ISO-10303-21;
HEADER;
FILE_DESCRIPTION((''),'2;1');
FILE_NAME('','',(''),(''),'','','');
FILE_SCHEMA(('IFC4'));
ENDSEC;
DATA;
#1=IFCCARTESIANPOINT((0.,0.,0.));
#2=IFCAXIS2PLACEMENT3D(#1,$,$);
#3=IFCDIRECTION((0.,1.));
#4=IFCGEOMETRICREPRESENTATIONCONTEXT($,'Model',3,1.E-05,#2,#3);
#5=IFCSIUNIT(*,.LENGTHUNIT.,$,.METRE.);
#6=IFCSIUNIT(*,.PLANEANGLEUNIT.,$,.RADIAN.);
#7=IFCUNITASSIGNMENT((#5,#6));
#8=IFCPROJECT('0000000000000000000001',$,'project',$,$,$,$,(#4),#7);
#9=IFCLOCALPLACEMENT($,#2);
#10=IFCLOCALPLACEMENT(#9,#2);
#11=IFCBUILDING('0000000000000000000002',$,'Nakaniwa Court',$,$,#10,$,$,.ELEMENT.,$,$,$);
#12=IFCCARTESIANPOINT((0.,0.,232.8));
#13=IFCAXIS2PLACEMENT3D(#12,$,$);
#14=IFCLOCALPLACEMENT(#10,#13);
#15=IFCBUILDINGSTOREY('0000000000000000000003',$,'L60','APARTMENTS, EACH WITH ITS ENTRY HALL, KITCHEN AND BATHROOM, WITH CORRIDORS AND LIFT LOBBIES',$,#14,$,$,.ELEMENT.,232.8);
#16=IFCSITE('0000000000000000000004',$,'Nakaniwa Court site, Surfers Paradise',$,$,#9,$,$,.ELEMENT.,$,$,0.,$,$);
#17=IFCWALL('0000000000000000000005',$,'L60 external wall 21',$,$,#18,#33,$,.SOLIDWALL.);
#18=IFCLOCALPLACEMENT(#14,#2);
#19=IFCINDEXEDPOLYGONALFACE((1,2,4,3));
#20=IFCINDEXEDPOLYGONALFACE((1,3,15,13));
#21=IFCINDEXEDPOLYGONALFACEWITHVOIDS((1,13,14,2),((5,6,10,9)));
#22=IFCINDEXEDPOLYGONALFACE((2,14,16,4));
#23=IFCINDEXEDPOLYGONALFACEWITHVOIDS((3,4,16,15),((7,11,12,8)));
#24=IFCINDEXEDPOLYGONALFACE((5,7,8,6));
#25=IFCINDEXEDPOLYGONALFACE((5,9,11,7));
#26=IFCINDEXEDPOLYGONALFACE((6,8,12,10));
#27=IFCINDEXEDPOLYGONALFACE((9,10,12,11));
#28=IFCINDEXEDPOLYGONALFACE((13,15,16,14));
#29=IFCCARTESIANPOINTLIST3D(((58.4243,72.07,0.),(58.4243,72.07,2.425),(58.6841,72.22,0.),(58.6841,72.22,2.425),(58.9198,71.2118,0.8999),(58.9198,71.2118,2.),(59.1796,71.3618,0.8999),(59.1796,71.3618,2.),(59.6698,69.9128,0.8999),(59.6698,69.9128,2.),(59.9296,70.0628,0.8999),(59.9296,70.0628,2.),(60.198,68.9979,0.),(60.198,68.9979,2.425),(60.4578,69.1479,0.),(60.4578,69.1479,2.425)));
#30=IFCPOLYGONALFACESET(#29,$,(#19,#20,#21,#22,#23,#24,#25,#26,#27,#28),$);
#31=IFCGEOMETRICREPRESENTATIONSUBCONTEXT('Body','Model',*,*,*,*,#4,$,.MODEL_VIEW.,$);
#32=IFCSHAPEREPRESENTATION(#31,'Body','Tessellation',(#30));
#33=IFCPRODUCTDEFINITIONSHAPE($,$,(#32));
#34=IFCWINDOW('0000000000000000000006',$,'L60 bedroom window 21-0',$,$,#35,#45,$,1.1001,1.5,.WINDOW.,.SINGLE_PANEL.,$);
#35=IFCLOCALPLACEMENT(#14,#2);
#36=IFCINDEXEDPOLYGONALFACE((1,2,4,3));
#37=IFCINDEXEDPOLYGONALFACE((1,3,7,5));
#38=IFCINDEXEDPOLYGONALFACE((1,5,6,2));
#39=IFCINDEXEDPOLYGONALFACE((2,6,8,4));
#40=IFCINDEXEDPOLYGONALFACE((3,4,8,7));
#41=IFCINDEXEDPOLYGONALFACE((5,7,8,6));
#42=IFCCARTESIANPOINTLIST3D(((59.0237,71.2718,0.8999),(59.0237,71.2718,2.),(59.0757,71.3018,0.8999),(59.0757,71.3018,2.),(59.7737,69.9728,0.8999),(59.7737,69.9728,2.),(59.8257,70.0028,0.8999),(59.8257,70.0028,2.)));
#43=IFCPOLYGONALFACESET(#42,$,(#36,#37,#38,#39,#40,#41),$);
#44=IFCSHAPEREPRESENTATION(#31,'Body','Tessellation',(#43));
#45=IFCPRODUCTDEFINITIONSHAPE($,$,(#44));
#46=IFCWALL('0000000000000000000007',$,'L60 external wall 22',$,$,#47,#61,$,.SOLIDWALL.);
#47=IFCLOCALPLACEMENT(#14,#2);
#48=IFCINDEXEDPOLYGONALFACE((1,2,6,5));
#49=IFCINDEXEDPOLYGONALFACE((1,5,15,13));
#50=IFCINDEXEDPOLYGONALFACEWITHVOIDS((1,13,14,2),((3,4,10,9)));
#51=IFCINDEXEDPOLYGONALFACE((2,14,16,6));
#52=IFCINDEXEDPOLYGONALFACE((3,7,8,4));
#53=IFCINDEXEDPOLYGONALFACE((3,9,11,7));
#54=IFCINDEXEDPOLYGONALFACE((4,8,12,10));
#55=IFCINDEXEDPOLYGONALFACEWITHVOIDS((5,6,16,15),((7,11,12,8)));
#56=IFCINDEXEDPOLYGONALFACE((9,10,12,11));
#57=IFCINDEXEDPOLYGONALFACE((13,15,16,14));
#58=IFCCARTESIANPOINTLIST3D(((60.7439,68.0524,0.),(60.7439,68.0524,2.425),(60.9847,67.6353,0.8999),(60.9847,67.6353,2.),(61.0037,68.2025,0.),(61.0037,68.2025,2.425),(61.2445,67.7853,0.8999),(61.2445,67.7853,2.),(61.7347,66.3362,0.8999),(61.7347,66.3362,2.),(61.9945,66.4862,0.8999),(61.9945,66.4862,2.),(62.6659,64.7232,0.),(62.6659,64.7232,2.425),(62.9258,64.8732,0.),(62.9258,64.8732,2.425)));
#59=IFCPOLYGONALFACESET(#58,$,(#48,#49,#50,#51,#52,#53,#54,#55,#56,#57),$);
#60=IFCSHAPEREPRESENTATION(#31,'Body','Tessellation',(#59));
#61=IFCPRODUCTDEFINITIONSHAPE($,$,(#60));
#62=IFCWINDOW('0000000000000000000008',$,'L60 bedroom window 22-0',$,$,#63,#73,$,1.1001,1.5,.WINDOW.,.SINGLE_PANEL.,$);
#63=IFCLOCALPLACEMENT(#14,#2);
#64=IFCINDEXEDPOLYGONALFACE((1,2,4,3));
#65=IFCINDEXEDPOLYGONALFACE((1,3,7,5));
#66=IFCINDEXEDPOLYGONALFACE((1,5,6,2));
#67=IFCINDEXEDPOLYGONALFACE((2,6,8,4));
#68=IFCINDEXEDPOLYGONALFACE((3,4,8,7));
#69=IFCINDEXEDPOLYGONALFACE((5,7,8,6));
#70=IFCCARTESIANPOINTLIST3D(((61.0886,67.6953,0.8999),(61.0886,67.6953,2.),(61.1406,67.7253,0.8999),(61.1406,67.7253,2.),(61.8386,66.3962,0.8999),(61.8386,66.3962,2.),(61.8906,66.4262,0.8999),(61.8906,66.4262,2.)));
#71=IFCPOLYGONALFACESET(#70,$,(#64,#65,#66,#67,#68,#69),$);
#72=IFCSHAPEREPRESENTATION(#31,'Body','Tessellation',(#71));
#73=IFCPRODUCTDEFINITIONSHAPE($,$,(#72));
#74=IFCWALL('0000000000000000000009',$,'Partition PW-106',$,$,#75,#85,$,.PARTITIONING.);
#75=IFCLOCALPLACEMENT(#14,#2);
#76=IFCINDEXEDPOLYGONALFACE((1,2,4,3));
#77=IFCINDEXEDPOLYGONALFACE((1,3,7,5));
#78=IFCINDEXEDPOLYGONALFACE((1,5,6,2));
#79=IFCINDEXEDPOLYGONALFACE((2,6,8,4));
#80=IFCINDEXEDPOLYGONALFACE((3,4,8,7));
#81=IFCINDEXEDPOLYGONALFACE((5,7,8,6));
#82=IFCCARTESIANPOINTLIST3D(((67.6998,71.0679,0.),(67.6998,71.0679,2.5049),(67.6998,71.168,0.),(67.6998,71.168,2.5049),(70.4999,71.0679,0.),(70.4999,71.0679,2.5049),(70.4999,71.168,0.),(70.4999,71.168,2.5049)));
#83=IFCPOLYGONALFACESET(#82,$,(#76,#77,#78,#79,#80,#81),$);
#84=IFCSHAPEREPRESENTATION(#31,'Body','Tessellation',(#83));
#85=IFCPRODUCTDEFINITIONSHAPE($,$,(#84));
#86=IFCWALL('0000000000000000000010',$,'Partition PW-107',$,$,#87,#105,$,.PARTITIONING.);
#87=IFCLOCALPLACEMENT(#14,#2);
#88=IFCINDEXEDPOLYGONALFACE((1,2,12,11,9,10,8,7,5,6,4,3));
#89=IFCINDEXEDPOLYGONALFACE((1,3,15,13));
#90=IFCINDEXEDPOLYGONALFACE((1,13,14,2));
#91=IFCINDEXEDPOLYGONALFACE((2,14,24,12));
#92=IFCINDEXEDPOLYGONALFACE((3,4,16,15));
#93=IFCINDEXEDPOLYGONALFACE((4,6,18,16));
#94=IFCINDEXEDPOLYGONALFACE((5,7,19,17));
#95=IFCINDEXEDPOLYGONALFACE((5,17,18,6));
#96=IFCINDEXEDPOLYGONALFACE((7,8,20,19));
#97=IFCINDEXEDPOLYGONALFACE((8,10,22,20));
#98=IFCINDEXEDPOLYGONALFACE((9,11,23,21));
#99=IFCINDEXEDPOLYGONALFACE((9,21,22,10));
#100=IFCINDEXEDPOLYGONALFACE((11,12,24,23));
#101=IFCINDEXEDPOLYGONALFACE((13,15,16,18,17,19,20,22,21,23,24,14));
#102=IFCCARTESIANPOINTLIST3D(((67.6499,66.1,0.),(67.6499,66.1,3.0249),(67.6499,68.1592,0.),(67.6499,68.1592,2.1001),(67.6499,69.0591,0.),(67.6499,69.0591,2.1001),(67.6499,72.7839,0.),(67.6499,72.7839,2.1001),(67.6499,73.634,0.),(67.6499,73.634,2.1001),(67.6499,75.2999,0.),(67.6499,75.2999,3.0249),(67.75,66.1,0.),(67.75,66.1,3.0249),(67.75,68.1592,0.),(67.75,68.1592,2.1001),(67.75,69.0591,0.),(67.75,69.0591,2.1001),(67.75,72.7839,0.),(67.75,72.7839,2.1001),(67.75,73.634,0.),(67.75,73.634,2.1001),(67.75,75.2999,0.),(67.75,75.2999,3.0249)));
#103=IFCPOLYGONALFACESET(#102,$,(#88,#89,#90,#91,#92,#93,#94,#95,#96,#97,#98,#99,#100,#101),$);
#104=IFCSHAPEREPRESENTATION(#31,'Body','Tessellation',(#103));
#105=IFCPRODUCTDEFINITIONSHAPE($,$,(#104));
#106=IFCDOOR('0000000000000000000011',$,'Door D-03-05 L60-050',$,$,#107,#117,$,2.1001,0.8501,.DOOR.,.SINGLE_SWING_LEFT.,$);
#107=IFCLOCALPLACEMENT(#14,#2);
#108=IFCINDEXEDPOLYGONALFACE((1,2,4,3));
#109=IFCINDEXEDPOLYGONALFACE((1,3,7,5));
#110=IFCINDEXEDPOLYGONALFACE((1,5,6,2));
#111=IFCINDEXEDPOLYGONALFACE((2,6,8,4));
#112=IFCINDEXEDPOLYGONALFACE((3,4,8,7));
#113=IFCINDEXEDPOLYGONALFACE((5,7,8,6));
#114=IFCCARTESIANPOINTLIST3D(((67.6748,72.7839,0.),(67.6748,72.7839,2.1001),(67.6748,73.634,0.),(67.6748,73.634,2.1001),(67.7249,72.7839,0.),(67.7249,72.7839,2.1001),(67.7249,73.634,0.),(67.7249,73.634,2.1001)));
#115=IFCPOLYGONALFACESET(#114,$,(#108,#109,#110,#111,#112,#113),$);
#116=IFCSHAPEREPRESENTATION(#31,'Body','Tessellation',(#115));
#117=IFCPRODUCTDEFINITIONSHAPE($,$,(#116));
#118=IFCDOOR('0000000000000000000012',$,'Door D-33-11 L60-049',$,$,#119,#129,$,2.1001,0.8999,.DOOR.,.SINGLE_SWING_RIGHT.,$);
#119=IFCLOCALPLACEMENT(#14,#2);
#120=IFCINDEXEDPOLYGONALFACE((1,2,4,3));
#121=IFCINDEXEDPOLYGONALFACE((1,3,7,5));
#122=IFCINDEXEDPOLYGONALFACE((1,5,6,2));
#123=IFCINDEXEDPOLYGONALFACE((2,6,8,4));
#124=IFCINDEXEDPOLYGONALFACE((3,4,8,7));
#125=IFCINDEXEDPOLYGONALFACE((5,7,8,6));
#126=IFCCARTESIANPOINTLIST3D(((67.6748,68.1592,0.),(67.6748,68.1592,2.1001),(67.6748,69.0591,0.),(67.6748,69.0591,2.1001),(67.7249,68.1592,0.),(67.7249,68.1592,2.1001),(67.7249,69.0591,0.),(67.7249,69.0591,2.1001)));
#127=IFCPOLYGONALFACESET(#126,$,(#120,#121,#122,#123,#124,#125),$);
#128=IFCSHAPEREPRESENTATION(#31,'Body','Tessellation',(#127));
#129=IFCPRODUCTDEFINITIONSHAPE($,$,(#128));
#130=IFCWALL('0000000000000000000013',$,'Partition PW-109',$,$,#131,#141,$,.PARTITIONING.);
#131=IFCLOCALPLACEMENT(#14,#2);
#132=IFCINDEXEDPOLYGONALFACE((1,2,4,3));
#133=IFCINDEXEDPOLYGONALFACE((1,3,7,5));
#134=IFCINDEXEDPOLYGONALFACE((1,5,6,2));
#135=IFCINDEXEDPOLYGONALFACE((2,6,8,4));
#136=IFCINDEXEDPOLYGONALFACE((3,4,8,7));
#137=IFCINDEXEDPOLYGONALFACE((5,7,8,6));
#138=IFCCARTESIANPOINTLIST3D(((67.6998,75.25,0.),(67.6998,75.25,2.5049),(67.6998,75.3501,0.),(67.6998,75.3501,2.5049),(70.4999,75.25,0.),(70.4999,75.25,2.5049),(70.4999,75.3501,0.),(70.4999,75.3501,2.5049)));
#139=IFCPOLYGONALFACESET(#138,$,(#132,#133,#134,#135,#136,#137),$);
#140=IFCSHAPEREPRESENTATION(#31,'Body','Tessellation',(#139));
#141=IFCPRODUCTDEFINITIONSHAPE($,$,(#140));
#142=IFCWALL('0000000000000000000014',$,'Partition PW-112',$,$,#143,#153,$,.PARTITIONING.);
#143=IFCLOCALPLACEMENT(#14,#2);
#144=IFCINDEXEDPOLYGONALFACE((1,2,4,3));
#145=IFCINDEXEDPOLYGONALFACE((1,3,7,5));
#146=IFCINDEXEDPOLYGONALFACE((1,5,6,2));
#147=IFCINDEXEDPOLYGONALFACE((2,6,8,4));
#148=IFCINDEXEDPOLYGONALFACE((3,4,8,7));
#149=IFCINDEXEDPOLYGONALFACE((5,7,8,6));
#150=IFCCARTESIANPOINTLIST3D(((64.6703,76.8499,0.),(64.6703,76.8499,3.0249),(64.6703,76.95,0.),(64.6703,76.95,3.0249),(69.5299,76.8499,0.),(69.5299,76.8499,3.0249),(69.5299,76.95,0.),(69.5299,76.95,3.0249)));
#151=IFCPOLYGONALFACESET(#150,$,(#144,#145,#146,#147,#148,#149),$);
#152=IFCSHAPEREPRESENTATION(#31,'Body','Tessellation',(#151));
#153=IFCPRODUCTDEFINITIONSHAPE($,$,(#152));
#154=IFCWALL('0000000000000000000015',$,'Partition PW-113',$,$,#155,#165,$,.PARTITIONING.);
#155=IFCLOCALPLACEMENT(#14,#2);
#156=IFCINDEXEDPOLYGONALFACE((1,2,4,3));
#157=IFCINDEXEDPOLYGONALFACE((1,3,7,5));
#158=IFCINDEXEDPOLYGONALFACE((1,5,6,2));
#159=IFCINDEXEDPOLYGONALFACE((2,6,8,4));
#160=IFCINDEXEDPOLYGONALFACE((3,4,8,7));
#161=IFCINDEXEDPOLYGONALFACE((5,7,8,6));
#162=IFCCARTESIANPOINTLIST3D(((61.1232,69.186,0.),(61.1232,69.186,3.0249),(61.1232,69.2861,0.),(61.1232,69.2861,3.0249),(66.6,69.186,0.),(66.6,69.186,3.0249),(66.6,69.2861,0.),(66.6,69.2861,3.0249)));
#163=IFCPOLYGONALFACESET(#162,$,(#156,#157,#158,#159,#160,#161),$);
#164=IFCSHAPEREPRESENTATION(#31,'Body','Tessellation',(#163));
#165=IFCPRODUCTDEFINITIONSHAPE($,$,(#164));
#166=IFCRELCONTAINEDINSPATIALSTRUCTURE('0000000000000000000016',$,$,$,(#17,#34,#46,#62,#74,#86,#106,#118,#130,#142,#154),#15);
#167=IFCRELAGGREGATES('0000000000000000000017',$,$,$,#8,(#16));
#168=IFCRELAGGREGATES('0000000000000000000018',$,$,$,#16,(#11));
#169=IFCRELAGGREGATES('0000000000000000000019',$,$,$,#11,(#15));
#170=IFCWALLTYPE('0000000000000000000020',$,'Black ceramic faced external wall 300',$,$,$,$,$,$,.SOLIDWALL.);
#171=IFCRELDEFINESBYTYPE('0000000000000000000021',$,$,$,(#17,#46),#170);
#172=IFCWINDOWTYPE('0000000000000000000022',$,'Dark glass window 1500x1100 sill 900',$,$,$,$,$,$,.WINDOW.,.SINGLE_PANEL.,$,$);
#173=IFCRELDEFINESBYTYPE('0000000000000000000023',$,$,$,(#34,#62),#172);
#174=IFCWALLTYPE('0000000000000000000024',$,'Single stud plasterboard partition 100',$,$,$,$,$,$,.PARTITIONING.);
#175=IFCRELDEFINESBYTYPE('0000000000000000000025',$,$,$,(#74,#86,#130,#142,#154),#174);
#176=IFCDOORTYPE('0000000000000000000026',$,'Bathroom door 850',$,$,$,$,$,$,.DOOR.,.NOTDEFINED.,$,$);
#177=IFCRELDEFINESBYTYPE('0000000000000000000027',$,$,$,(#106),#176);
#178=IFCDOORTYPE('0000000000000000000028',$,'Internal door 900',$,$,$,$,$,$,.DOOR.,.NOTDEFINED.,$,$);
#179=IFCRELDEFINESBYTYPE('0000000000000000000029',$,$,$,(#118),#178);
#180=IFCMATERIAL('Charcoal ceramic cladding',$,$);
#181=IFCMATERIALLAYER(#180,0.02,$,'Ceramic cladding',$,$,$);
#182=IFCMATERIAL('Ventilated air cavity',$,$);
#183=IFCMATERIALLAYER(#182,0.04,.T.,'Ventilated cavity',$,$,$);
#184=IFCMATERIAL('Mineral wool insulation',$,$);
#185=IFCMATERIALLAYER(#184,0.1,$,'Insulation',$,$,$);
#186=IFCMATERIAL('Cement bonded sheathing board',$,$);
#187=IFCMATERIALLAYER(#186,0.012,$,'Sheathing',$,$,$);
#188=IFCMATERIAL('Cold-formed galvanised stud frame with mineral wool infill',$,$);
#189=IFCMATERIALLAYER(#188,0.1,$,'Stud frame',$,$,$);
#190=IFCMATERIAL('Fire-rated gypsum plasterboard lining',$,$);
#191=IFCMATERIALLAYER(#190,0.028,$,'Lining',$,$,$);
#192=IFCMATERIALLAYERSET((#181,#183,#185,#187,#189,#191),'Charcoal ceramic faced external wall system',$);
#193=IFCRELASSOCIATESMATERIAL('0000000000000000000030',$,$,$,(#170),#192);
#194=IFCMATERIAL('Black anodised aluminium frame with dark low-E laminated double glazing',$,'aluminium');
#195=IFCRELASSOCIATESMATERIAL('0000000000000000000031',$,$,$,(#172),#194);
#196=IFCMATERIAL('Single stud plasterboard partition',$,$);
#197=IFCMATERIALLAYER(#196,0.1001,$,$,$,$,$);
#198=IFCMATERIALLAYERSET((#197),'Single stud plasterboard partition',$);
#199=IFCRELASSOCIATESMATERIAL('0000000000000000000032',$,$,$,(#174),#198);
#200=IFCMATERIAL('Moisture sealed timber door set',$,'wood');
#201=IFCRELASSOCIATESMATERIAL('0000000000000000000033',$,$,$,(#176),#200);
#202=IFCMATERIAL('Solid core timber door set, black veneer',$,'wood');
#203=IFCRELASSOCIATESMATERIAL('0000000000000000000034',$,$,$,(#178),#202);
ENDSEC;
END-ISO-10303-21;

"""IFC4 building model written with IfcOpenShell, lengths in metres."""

from ifc_helpers import new_model, si_unit, direction, frame, frame_2d, origin, place, context, subcontext, project, spatial, rectangle, extrude, material, layer, layer_set, type_object, element, fill, save


model = new_model("IFC4")

# Units and contexts
model_context = context("Model", 3, precision=1e-05, world=origin(), true_north=direction((0.0, 1.0)))
body_context = subcontext(model_context, "Body", "Model", "MODEL_VIEW")
ifc_project = project(units=[si_unit("LENGTHUNIT", "METRE"), si_unit("PLANEANGLEUNIT", "RADIAN")], contexts=[model_context])

# Site, building, storey
site_placement = place(None, origin())
site = spatial("IfcSite", under=ifc_project, at=site_placement, Name="Nakaniwa Court site, Surfers Paradise", CompositionType="ELEMENT", RefElevation=0.0)
building_placement = place(site_placement, origin())
building = spatial("IfcBuilding", under=site, at=building_placement, Name="Nakaniwa Court", CompositionType="ELEMENT")
storey_placement = place(building_placement, frame((0.0, 0.0, 232.8)))
storey = spatial("IfcBuildingStorey", under=building, at=storey_placement, Name="L60", Description="APARTMENTS, EACH WITH ITS ENTRY HALL, KITCHEN AND BATHROOM, WITH CORRIDORS AND LIFT LOBBIES", CompositionType="ELEMENT", Elevation=232.8)

# Shared definitions
ifc_material_1 = material(Name="Charcoal ceramic cladding")
ifc_layer_1 = layer(ifc_material_1, 0.02, Name="Ceramic cladding")
ifc_material_2 = material(Name="Ventilated air cavity")
ifc_layer_2 = layer(ifc_material_2, 0.04, ventilated=True, Name="Ventilated cavity")
ifc_material_3 = material(Name="Mineral wool insulation")
ifc_layer_3 = layer(ifc_material_3, 0.1, Name="Insulation")
ifc_material_4 = material(Name="Cement bonded sheathing board")
ifc_layer_4 = layer(ifc_material_4, 0.012, Name="Sheathing")
ifc_material_5 = material(Name="Cold-formed galvanised stud frame with mineral wool infill")
ifc_layer_5 = layer(ifc_material_5, 0.1, Name="Stud frame")
ifc_material_6 = material(Name="Fire-rated gypsum plasterboard lining")
ifc_layer_6 = layer(ifc_material_6, 0.028, Name="Lining")
ifc_layer_set_1 = layer_set([ifc_layer_1, ifc_layer_2, ifc_layer_3, ifc_layer_4, ifc_layer_5, ifc_layer_6], Name="Charcoal ceramic faced external wall system")
wall_type_1 = type_object("IfcWallType", Name="Black ceramic faced external wall 300", PredefinedType="SOLIDWALL", material=ifc_layer_set_1)

# Walls, openings, windows
wall_1_placement = place(storey_placement, frame((58.5542, 72.145, 0.0), z_axis=(0.0, 0.0, 1.0), x_axis=(0.50001, -0.866019, 0.0)))
wall_1 = element("IfcWall", 1, at=wall_1_placement, inside=storey, type_object=wall_type_1, Name="L60 external wall 21", PredefinedType="SOLIDWALL", context=body_context, shape_type="SweptSolid", body=[
    extrude(rectangle(XDim=3.5474, YDim=0.3, at=frame_2d((1.7737, 0.0))), origin(), (0.0, 0.0, 1.0), 2.425),
])
opening_1_placement = place(wall_1_placement, frame((0.991, 0.0, 0.8999)))
opening_1 = element("IfcOpeningElement", 2, at=opening_1_placement, cuts=wall_1, PredefinedType="OPENING", context=body_context, shape_type="SweptSolid", body=[
    extrude(rectangle(XDim=1.5, YDim=1.1001, at=frame_2d((0.75, 0.55))), frame((0.0, 0.1599, 0.0), z_axis=(0.0, -1.0, 0.0), x_axis=(1.0, 0.0, 0.0)), (0.0, 0.0, 1.0), 0.3201),
])
ifc_material_7 = material(Name="Black anodised aluminium frame with dark low-E laminated double glazing", Category="aluminium")
window_type = type_object("IfcWindowType", Name="Dark glass window 1500x1100 sill 900", PartitioningType="SINGLE_PANEL", PredefinedType="WINDOW", material=ifc_material_7)
window_1_placement = place(opening_1_placement, origin())
window_1 = element("IfcWindow", 3, at=window_1_placement, inside=storey, type_object=window_type, Name="L60 bedroom window 21-0", OverallHeight=1.1001, OverallWidth=1.5, PartitioningType="SINGLE_PANEL", PredefinedType="WINDOW", context=body_context, shape_type="SweptSolid", body=[
    extrude(rectangle(XDim=1.5, YDim=1.1001, at=frame_2d((0.75, 0.55))), frame((0.0, 0.03, 0.0), z_axis=(0.0, -1.0, 0.0), x_axis=(1.0, 0.0, 0.0)), (0.0, 0.0, 1.0), 0.0601),
])
fill(opening_1, window_1)
wall_2_placement = place(storey_placement, frame((60.8738, 68.1274, 0.0), z_axis=(0.0, 0.0, 1.0), x_axis=(0.499984, -0.866034, 0.0)))
wall_2 = element("IfcWall", 4, at=wall_2_placement, inside=storey, type_object=wall_type_1, Name="L60 external wall 22", PredefinedType="SOLIDWALL", context=body_context, shape_type="SweptSolid", body=[
    extrude(rectangle(XDim=3.8442, YDim=0.3, at=frame_2d((1.9221, 0.0))), origin(), (0.0, 0.0, 1.0), 2.425),
])
opening_2_placement = place(wall_2_placement, frame((0.4817, 0.0, 0.8999)))
opening_2 = element("IfcOpeningElement", 5, at=opening_2_placement, cuts=wall_2, PredefinedType="OPENING", context=body_context, shape_type="SweptSolid", body=[
    extrude(rectangle(XDim=1.5, YDim=1.1001, at=frame_2d((0.75, 0.55))), frame((0.0, 0.1599, 0.0), z_axis=(0.0, -1.0, 0.0), x_axis=(1.0, 0.0, 0.0)), (0.0, 0.0, 1.0), 0.3201),
])
window_2_placement = place(opening_2_placement, origin())
window_2 = element("IfcWindow", 6, at=window_2_placement, inside=storey, type_object=window_type, Name="L60 bedroom window 22-0", OverallHeight=1.1001, OverallWidth=1.5, PartitioningType="SINGLE_PANEL", PredefinedType="WINDOW", context=body_context, shape_type="SweptSolid", body=[
    extrude(rectangle(XDim=1.5, YDim=1.1001, at=frame_2d((0.75, 0.55))), frame((0.0, 0.03, 0.0), z_axis=(0.0, -1.0, 0.0), x_axis=(1.0, 0.0, 0.0)), (0.0, 0.0, 1.0), 0.0601),
])
fill(opening_2, window_2)

# Wall
ifc_material_8 = material(Name="Single stud plasterboard partition")
ifc_layer_7 = layer(ifc_material_8, 0.1001)
ifc_layer_set_2 = layer_set([ifc_layer_7], Name="Single stud plasterboard partition")
wall_type_2 = type_object("IfcWallType", Name="Single stud plasterboard partition 100", PredefinedType="PARTITIONING", material=ifc_layer_set_2)
wall_3_placement = place(storey_placement, frame((67.7, 71.1179, 0.0), z_axis=(0.0, 0.0, 1.0), x_axis=(1.0, 0.0, 0.0)))
element("IfcWall", 7, at=wall_3_placement, inside=storey, type_object=wall_type_2, Name="Partition PW-106", PredefinedType="PARTITIONING", context=body_context, shape_type="SweptSolid", body=[
    extrude(rectangle(XDim=2.8, YDim=0.1001, at=frame_2d((1.3999, 0.0))), origin(), (0.0, 0.0, 1.0), 2.5049),
])

# Wall, openings, doors
wall_4_placement = place(storey_placement, frame((67.7, 75.3, 0.0), z_axis=(0.0, 0.0, 1.0), x_axis=(0.0, -1.0, 0.0)))
wall_4 = element("IfcWall", 8, at=wall_4_placement, inside=storey, type_object=wall_type_2, Name="Partition PW-107", PredefinedType="PARTITIONING", context=body_context, shape_type="SweptSolid", body=[
    extrude(rectangle(XDim=9.2, YDim=0.1001, at=frame_2d((4.6001, 0.0))), origin(), (0.0, 0.0, 1.0), 3.0249),
])
opening_3_placement = place(wall_4_placement, frame((6.241, 0.0, 0.0)))
opening_3 = element("IfcOpeningElement", 9, at=opening_3_placement, cuts=wall_4, PredefinedType="OPENING", context=body_context, shape_type="SweptSolid", body=[
    extrude(rectangle(XDim=0.8999, YDim=2.1001, at=frame_2d((0.45, 1.05))), frame((0.0, 0.0601, 0.0), z_axis=(0.0, -1.0, 0.0), x_axis=(1.0, 0.0, 0.0)), (0.0, 0.0, 1.0), 0.1201),
])
opening_4_placement = place(wall_4_placement, frame((1.666, 0.0, 0.0)))
opening_4 = element("IfcOpeningElement", 10, at=opening_4_placement, cuts=wall_4, PredefinedType="OPENING", context=body_context, shape_type="SweptSolid", body=[
    extrude(rectangle(XDim=0.8501, YDim=2.1001, at=frame_2d((0.425, 1.05))), frame((0.0, 0.0601, 0.0), z_axis=(0.0, -1.0, 0.0), x_axis=(1.0, 0.0, 0.0)), (0.0, 0.0, 1.0), 0.1201),
])
ifc_material_9 = material(Name="Moisture sealed timber door set", Category="wood")
door_type_1 = type_object("IfcDoorType", Name="Bathroom door 850", OperationType="NOTDEFINED", PredefinedType="DOOR", material=ifc_material_9)
door_1_placement = place(opening_4_placement, origin())
door_1 = element("IfcDoor", 11, at=door_1_placement, inside=storey, type_object=door_type_1, Name="Door D-03-05 L60-050", OperationType="SINGLE_SWING_LEFT", OverallHeight=2.1001, OverallWidth=0.8501, PredefinedType="DOOR", context=body_context, shape_type="SweptSolid", body=[
    extrude(rectangle(XDim=0.8501, YDim=2.1001, at=frame_2d((0.425, 1.05))), frame((0.0, 0.0249, 0.0), z_axis=(0.0, -1.0, 0.0), x_axis=(1.0, 0.0, 0.0)), (0.0, 0.0, 1.0), 0.05),
])
fill(opening_4, door_1)
ifc_material_10 = material(Name="Solid core timber door set, black veneer", Category="wood")
door_type_2 = type_object("IfcDoorType", Name="Internal door 900", OperationType="NOTDEFINED", PredefinedType="DOOR", material=ifc_material_10)
door_2_placement = place(opening_3_placement, origin())
door_2 = element("IfcDoor", 12, at=door_2_placement, inside=storey, type_object=door_type_2, Name="Door D-33-11 L60-049", OperationType="SINGLE_SWING_RIGHT", OverallHeight=2.1001, OverallWidth=0.8999, PredefinedType="DOOR", context=body_context, shape_type="SweptSolid", body=[
    extrude(rectangle(XDim=0.8999, YDim=2.1001, at=frame_2d((0.45, 1.05))), frame((0.0, 0.0249, 0.0), z_axis=(0.0, -1.0, 0.0), x_axis=(1.0, 0.0, 0.0)), (0.0, 0.0, 1.0), 0.05),
])
fill(opening_3, door_2)

# Walls
wall_5_placement = place(storey_placement, frame((67.7, 75.3, 0.0), z_axis=(0.0, 0.0, 1.0), x_axis=(1.0, 0.0, 0.0)))
element("IfcWall", 13, at=wall_5_placement, inside=storey, type_object=wall_type_2, Name="Partition PW-109", PredefinedType="PARTITIONING", context=body_context, shape_type="SweptSolid", body=[
    extrude(rectangle(XDim=2.8, YDim=0.1001, at=frame_2d((1.3999, 0.0))), origin(), (0.0, 0.0, 1.0), 2.5049),
])
wall_6_placement = place(storey_placement, frame((64.6704, 76.8999, 0.0), z_axis=(0.0, 0.0, 1.0), x_axis=(1.0, 0.0, 0.0)))
element("IfcWall", 14, at=wall_6_placement, inside=storey, type_object=wall_type_2, Name="Partition PW-112", PredefinedType="PARTITIONING", context=body_context, shape_type="SweptSolid", body=[
    extrude(rectangle(XDim=4.8596, YDim=0.1001, at=frame_2d((2.4297, 0.0))), origin(), (0.0, 0.0, 1.0), 3.0249),
])
wall_7_placement = place(storey_placement, frame((61.1233, 69.2361, 0.0), z_axis=(0.0, 0.0, 1.0), x_axis=(1.0, 0.0, 0.0)))
element("IfcWall", 15, at=wall_7_placement, inside=storey, type_object=wall_type_2, Name="Partition PW-113", PredefinedType="PARTITIONING", context=body_context, shape_type="SweptSolid", body=[
    extrude(rectangle(XDim=5.4768, YDim=0.1001, at=frame_2d((2.7383, 0.0))), origin(), (0.0, 0.0, 1.0), 3.0249),
])

save(model, "model.ifc")
